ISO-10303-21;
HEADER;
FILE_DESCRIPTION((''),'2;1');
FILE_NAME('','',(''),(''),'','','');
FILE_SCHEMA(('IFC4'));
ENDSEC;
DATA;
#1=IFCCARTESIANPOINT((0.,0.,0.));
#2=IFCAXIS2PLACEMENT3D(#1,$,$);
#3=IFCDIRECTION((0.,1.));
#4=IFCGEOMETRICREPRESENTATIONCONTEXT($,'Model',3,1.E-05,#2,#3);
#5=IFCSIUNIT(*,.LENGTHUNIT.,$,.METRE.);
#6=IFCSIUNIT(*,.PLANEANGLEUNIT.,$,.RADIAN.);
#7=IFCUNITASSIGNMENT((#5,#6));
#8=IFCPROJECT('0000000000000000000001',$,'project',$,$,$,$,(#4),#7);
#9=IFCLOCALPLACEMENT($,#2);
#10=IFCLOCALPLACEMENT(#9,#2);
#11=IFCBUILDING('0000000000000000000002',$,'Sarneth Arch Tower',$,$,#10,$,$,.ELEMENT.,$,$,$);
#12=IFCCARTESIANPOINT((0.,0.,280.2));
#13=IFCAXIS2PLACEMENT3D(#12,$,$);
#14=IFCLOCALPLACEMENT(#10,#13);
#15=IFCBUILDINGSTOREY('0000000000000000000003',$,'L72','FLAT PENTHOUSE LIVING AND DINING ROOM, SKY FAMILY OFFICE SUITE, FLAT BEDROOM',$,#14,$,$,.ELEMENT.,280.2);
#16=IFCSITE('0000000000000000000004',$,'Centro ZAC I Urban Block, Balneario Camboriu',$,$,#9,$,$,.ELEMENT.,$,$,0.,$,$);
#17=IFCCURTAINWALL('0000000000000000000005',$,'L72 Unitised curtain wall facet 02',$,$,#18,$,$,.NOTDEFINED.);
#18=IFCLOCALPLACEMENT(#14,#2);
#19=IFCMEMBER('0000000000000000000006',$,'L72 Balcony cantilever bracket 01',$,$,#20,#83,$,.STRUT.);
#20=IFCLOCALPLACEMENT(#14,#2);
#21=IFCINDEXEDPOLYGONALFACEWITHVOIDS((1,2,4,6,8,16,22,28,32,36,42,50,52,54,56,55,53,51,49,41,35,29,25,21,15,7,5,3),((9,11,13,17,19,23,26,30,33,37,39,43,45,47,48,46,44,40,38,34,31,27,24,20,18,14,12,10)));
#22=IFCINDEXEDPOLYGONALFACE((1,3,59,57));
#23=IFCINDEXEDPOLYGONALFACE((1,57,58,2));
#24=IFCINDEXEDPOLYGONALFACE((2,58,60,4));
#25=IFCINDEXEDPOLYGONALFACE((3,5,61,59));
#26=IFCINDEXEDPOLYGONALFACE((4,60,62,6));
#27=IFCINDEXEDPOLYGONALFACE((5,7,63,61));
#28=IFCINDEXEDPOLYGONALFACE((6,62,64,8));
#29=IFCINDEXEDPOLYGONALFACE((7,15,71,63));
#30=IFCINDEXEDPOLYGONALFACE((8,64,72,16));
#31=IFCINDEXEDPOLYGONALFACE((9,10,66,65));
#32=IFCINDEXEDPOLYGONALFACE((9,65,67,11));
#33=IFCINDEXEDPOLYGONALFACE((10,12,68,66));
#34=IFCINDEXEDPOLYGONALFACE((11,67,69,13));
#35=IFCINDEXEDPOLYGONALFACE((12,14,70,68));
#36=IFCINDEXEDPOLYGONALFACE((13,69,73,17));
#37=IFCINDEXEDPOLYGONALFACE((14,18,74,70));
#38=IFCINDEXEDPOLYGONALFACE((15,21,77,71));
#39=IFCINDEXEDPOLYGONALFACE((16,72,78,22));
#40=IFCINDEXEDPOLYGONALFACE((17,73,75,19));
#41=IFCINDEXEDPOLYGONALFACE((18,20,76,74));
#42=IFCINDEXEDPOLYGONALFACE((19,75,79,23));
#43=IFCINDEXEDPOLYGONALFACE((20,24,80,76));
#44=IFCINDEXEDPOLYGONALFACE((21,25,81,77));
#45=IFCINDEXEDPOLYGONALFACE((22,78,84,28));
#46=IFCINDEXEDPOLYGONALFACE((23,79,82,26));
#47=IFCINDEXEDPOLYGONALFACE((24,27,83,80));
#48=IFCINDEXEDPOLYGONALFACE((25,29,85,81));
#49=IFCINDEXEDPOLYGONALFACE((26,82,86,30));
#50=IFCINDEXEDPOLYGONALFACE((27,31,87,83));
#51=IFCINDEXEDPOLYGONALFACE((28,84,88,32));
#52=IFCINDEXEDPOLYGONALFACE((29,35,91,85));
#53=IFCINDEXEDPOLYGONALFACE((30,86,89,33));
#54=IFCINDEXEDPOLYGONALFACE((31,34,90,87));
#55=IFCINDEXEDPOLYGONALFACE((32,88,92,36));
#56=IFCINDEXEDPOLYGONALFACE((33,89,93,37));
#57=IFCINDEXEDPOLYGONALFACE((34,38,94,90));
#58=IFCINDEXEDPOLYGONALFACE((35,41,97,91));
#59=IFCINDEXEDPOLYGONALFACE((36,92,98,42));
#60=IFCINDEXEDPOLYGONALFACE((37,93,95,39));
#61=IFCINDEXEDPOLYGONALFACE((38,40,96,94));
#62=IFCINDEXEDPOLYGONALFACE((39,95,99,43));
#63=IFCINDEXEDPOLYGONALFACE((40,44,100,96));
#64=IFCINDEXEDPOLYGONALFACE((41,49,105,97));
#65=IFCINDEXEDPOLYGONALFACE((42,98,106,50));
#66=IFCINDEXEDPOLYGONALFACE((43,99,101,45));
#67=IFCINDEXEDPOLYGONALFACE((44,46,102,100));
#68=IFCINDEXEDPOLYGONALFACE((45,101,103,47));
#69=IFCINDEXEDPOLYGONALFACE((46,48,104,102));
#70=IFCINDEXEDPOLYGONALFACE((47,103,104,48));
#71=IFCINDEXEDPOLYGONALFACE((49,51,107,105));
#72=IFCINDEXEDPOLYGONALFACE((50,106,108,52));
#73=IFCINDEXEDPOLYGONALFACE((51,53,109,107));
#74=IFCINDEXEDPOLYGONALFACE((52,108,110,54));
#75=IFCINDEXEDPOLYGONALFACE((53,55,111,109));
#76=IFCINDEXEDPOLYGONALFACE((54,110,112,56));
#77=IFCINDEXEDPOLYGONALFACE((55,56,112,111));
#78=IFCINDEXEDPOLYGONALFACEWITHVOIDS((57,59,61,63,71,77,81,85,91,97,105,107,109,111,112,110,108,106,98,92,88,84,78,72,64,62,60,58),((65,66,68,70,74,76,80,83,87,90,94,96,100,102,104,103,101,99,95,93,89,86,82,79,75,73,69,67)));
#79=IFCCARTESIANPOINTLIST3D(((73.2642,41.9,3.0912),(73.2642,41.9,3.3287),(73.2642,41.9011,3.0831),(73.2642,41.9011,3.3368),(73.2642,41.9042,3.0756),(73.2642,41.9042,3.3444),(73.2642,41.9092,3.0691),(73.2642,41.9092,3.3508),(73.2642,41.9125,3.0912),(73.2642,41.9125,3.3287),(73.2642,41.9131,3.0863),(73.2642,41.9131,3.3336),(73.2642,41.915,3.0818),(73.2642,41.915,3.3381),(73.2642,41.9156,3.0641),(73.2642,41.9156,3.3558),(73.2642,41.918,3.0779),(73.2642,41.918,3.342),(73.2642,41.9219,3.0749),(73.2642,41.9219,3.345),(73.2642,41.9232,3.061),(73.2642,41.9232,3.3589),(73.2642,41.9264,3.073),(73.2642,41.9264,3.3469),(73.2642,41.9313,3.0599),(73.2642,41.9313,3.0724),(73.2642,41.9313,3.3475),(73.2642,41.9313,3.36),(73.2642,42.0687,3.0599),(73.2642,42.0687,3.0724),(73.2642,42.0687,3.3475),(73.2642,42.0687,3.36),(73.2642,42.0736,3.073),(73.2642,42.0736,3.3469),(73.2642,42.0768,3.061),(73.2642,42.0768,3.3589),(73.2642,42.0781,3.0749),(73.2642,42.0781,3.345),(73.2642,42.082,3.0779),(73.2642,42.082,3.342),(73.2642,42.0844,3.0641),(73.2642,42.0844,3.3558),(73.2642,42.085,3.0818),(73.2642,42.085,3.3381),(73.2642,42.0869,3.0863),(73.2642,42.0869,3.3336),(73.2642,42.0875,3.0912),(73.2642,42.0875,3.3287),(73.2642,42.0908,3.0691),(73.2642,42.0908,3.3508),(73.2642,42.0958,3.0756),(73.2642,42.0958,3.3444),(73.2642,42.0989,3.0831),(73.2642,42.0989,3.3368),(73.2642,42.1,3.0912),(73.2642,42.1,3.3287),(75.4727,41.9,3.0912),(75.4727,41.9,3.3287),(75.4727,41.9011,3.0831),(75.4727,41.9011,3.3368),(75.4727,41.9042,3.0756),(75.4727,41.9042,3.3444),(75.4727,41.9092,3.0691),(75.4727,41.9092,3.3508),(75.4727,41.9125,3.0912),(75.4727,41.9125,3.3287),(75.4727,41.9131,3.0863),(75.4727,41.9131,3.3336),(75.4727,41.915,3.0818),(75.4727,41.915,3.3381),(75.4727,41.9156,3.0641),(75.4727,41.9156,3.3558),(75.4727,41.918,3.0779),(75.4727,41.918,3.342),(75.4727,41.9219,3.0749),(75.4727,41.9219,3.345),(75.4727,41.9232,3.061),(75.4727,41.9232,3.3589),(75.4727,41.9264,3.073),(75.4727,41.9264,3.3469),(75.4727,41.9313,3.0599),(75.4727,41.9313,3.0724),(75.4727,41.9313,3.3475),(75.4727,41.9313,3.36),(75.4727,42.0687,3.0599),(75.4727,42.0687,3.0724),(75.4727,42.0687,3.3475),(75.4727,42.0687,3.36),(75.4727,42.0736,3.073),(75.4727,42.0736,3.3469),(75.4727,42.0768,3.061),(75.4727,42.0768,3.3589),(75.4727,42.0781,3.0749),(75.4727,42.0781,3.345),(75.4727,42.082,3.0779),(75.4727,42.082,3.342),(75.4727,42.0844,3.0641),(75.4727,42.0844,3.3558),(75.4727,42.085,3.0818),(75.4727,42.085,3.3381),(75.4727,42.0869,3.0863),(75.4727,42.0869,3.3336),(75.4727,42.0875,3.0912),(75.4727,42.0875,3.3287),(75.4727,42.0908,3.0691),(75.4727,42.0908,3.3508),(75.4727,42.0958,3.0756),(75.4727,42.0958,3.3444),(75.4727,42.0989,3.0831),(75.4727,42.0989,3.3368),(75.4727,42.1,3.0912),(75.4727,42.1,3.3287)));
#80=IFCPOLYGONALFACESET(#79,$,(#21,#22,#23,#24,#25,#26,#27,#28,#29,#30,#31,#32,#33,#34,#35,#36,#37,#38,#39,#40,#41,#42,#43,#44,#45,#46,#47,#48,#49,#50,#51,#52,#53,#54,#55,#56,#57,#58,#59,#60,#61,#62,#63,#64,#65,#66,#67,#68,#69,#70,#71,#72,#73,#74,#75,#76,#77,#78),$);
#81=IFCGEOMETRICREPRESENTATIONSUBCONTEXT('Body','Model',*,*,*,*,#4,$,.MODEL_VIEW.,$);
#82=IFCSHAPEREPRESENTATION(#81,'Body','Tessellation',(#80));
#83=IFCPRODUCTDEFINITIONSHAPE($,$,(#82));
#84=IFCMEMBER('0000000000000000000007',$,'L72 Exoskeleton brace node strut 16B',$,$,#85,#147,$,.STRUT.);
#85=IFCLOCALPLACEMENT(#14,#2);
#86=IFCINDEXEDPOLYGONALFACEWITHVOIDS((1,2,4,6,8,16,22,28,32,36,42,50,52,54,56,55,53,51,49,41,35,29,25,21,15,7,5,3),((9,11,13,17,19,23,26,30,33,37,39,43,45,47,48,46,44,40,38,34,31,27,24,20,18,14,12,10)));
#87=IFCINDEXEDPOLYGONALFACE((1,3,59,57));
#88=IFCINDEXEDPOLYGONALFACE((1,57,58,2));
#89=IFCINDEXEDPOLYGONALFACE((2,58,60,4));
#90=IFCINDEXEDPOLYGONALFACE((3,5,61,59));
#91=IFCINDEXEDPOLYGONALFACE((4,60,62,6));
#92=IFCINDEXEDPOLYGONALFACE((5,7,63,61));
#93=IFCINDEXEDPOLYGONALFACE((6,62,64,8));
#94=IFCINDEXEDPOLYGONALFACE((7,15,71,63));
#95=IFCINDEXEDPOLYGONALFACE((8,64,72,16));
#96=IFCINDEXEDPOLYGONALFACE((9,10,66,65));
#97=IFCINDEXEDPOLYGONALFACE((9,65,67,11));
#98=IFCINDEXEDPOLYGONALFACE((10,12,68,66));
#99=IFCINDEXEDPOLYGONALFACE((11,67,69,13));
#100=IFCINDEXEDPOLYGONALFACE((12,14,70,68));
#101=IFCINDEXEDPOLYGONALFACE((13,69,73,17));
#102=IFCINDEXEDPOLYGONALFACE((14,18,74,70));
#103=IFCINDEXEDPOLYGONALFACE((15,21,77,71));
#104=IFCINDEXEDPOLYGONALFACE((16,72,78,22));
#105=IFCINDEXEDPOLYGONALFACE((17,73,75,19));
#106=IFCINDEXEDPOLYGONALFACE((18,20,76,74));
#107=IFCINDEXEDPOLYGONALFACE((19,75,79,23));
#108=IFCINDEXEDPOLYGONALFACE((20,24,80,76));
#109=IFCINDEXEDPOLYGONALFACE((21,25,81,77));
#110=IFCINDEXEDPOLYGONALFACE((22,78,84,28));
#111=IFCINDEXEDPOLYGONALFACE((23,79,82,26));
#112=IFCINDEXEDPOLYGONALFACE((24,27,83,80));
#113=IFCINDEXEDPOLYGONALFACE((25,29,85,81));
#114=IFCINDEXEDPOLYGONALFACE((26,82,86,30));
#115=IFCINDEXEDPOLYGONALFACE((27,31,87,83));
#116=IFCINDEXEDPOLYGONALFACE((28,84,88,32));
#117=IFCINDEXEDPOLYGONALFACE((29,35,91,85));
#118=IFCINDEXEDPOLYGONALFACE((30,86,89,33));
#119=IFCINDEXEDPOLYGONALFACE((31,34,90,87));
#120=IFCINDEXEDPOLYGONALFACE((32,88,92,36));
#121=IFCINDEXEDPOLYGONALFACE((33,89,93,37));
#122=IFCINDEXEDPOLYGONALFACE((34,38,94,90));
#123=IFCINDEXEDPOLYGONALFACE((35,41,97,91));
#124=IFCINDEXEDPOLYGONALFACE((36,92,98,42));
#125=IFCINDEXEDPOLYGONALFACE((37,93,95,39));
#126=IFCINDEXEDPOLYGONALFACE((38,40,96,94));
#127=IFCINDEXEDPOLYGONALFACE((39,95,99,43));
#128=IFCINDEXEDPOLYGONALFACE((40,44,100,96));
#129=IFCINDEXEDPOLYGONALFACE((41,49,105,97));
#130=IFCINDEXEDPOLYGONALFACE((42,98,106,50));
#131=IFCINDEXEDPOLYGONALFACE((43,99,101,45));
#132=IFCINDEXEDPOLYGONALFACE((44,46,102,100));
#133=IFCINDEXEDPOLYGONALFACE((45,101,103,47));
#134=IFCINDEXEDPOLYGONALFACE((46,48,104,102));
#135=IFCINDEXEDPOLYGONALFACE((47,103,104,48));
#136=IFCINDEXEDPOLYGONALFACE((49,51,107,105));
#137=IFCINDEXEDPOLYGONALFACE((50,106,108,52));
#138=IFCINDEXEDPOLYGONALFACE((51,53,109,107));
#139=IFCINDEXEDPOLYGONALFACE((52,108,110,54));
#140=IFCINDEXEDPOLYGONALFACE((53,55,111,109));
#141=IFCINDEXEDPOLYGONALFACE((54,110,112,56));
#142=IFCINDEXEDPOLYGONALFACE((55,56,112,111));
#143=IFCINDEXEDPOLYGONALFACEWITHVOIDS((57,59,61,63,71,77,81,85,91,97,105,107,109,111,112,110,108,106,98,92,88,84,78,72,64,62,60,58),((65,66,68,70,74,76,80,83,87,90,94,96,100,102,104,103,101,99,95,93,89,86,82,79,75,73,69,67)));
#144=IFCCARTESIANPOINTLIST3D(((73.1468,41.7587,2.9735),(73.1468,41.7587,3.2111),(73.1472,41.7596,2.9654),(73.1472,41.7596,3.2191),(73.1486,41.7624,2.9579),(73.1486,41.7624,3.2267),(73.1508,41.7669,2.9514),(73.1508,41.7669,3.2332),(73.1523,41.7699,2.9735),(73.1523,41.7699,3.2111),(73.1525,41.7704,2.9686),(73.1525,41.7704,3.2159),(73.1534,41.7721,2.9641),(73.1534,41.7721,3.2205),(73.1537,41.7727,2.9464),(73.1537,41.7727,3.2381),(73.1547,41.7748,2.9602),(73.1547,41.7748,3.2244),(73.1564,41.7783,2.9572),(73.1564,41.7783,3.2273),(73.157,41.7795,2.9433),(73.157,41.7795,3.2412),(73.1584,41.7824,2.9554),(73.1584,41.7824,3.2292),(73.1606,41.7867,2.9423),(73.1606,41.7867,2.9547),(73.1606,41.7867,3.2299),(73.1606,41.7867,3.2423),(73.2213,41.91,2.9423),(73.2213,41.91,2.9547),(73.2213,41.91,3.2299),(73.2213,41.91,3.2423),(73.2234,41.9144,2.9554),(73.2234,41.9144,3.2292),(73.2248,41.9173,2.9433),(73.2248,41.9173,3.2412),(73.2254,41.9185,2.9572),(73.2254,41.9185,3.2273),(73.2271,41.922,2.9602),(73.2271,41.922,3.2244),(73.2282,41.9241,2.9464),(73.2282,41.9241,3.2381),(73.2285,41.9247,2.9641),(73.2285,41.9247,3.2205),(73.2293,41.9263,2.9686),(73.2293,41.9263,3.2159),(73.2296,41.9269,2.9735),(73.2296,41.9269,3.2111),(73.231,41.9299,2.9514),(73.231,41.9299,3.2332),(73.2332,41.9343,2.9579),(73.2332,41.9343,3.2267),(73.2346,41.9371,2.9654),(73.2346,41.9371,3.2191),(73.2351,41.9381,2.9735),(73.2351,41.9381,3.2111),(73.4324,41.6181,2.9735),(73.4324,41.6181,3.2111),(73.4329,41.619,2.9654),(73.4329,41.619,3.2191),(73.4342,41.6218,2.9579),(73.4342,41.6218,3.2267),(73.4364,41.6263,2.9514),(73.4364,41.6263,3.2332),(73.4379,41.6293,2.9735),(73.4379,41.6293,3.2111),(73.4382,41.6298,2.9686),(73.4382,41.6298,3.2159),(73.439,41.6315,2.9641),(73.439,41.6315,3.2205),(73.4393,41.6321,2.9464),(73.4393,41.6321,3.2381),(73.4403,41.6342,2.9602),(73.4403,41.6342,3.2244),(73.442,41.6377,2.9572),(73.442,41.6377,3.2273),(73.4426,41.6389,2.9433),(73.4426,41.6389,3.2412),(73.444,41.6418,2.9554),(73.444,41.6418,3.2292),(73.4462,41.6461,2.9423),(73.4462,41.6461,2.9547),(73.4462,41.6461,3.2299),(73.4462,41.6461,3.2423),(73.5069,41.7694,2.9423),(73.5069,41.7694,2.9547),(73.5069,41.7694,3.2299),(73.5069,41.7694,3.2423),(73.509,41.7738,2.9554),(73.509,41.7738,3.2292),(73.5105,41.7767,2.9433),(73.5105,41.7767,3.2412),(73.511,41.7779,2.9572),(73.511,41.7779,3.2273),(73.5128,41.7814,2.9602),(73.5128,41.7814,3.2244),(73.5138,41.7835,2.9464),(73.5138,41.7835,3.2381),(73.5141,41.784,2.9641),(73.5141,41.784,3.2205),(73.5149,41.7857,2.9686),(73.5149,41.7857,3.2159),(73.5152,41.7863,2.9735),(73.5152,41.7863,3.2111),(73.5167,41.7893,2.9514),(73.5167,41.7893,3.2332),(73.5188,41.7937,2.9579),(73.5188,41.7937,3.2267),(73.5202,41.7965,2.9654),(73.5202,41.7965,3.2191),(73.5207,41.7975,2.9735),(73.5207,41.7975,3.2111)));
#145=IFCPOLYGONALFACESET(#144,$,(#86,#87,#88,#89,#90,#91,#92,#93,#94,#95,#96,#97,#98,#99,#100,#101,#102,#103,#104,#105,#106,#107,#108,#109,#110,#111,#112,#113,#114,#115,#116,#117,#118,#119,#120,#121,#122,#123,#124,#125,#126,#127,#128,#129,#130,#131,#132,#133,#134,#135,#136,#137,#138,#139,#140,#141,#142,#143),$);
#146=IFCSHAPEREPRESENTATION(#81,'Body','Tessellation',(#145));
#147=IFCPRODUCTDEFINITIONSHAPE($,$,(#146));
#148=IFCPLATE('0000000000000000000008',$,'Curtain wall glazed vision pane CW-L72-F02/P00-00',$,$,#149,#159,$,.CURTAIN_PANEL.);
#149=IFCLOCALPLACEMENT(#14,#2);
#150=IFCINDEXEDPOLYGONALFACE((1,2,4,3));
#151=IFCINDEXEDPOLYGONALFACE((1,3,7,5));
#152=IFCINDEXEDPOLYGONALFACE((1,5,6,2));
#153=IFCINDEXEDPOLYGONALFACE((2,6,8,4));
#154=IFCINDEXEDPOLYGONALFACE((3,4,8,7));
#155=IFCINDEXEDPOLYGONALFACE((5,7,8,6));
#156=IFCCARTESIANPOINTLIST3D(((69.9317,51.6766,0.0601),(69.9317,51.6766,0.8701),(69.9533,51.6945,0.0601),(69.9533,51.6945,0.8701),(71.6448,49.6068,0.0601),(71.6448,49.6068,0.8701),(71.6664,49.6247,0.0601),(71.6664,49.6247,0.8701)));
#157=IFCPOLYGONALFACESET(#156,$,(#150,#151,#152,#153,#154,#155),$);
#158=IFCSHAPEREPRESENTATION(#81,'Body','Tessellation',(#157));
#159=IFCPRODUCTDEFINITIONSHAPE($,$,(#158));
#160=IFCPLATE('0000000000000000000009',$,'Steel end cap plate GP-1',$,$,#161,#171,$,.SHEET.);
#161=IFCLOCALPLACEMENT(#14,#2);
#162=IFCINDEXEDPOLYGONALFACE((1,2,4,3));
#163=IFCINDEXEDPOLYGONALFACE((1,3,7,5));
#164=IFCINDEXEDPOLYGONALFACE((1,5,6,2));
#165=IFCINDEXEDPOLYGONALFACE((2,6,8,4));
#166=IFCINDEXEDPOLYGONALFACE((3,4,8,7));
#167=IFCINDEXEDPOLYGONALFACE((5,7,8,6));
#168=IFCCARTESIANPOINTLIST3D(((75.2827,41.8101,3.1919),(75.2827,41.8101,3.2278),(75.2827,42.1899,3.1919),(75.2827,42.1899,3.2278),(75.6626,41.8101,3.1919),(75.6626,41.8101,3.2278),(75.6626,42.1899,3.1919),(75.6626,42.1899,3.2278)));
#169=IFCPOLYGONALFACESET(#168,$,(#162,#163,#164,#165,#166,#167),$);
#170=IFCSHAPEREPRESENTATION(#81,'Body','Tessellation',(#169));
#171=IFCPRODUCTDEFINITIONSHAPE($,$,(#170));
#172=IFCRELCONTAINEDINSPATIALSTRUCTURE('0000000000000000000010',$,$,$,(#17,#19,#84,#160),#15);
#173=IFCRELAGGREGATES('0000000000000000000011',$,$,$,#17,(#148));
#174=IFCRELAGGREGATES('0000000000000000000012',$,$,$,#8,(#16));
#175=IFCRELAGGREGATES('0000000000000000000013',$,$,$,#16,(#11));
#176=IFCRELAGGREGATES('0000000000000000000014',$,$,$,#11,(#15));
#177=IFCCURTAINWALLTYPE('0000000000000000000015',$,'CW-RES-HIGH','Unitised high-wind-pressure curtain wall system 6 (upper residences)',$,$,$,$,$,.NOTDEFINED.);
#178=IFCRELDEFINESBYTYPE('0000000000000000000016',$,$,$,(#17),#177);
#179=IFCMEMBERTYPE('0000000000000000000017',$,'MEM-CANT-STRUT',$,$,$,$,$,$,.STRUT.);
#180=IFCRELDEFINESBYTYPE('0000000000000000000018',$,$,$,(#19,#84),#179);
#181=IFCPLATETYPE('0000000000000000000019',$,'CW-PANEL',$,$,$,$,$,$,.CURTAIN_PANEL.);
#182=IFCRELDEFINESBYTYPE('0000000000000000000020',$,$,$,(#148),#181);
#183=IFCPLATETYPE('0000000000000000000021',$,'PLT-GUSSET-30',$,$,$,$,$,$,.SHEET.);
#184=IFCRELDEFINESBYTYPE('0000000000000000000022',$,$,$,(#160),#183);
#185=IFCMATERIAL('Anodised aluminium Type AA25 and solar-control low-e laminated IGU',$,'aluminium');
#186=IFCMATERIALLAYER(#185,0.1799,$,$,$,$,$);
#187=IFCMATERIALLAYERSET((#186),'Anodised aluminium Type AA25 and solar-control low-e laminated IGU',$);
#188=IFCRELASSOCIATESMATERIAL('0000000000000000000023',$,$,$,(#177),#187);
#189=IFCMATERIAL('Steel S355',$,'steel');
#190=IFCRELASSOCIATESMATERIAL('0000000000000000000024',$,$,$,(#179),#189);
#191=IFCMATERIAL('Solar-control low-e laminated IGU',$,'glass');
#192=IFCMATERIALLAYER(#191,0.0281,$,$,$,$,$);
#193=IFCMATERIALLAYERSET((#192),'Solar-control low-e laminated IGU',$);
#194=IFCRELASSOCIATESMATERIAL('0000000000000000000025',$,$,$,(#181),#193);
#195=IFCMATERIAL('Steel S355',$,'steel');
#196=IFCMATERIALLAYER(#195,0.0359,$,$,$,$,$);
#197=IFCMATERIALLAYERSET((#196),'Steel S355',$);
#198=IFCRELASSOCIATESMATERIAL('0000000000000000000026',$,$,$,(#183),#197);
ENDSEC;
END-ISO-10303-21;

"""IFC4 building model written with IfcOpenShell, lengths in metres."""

from ifc_helpers import new_model, si_unit, direction, frame, origin, origin_2d, place, context, subcontext, project, spatial, rectangle, hollow_rectangle, extrude, material, layer, layer_set, material_profile, profile_set, type_object, element, aggregate, save


model = new_model("IFC4")

# Units and contexts
model_context = context("Model", 3, precision=1e-05, world=origin(), true_north=direction((0.0, 1.0)))
body_context = subcontext(model_context, "Body", "Model", "MODEL_VIEW")
ifc_project = project(units=[si_unit("LENGTHUNIT", "METRE"), si_unit("PLANEANGLEUNIT", "RADIAN")], contexts=[model_context])

# Site, building, storey
site_placement = place(None, origin())
site = spatial("IfcSite", under=ifc_project, at=site_placement, Name="Centro ZAC I Urban Block, Balneario Camboriu", CompositionType="ELEMENT", RefElevation=0.0)
building_placement = place(site_placement, origin())
building = spatial("IfcBuilding", under=site, at=building_placement, Name="Sarneth Arch Tower", CompositionType="ELEMENT")
storey_placement = place(building_placement, frame((0.0, 0.0, 280.2)))
storey = spatial("IfcBuildingStorey", under=building, at=storey_placement, Name="L72", Description="FLAT PENTHOUSE LIVING AND DINING ROOM, SKY FAMILY OFFICE SUITE, FLAT BEDROOM", CompositionType="ELEMENT", Elevation=280.2)

# Curtain wall
ifc_material_1 = material(Name="Anodised aluminium Type AA25 and solar-control low-e laminated IGU", Category="aluminium")
ifc_layer_1 = layer(ifc_material_1, 0.1799)
ifc_layer_set_1 = layer_set([ifc_layer_1], Name="Anodised aluminium Type AA25 and solar-control low-e laminated IGU")
curtain_wall_type = type_object("IfcCurtainWallType", Name="CW-RES-HIGH", Description="Unitised high-wind-pressure curtain wall system 6 (upper residences)", PredefinedType="NOTDEFINED", material=ifc_layer_set_1)
curtain_wall_placement = place(storey_placement, origin())
curtain_wall = element("IfcCurtainWall", 1, at=curtain_wall_placement, inside=storey, type_object=curtain_wall_type, Name="L72 Unitised curtain wall facet 02", PredefinedType="NOTDEFINED")

# Members
ifc_material_2 = material(Name="Steel S355", Category="steel")
ifc_material_profile_1 = material_profile(ifc_material_2, hollow_rectangle(XDim=0.2, YDim=0.3, WallThickness=0.0125, InnerFilletRadius=0.0188, OuterFilletRadius=0.0312, at=origin_2d()), Name="RHS300x200x12.5")
ifc_profile_set_1 = profile_set([ifc_material_profile_1], Name="Steel S355")
member_type_1 = type_object("IfcMemberType", Name="MEM-CANT-STRUT", PredefinedType="STRUT", material=ifc_profile_set_1)
member_1_placement = place(storey_placement, frame((73.2642, 42.0, 3.21), z_axis=(1.0, 0.0, 0.0), x_axis=(0.0, 1.0, 0.0)))
element("IfcMember", 2, at=member_1_placement, inside=storey, type_object=member_type_1, Name="L72 Balcony cantilever bracket 01", PredefinedType="STRUT", context=body_context, shape_type="SweptSolid", body=[
    extrude(hollow_rectangle(XDim=0.2, YDim=0.3, WallThickness=0.0125, InnerFilletRadius=0.0188, OuterFilletRadius=0.0312, at=origin_2d()), origin(), (0.0, 0.0, 1.0), 2.2085),
])
member_2_placement = place(storey_placement, frame((73.1909, 41.8484, 3.0923), z_axis=(0.897171, -0.441684, 0.0), x_axis=(0.441684, 0.897171, 0.0)))
element("IfcMember", 3, at=member_2_placement, inside=storey, type_object=member_type_1, Name="L72 Exoskeleton brace node strut 16B", PredefinedType="STRUT", context=body_context, shape_type="SweptSolid", body=[
    extrude(hollow_rectangle(XDim=0.2, YDim=0.3, WallThickness=0.0125, InnerFilletRadius=0.0188, OuterFilletRadius=0.0312, at=origin_2d()), origin(), (0.0, 0.0, 1.0), 0.3184),
])

# Plates
ifc_material_3 = material(Name="Solar-control low-e laminated IGU", Category="glass")
ifc_layer_2 = layer(ifc_material_3, 0.0281)
ifc_layer_set_2 = layer_set([ifc_layer_2], Name="Solar-control low-e laminated IGU")
plate_type_1 = type_object("IfcPlateType", Name="CW-PANEL", PredefinedType="CURTAIN_PANEL", material=ifc_layer_set_2)
plate_1_placement = place(storey_placement, frame((70.7991, 50.6506, 0.0601), z_axis=(0.0, 0.0, 1.0), x_axis=(-0.63761, 0.770359, 0.0)))
plate_1 = element("IfcPlate", 4, at=plate_1_placement, type_object=plate_type_1, Name="Curtain wall glazed vision pane CW-L72-F02/P00-00", PredefinedType="CURTAIN_PANEL", context=body_context, shape_type="SweptSolid", body=[
    extrude(rectangle(XDim=2.6868, YDim=0.0281, at=origin_2d()), origin(), (0.0, 0.0, 1.0), 0.8101),
])
aggregate(curtain_wall, [plate_1])
ifc_material_4 = material(Name="Steel S355", Category="steel")
ifc_layer_3 = layer(ifc_material_4, 0.0359)
ifc_layer_set_3 = layer_set([ifc_layer_3], Name="Steel S355")
plate_type_2 = type_object("IfcPlateType", Name="PLT-GUSSET-30", PredefinedType="SHEET", material=ifc_layer_set_3)
plate_2_placement = place(storey_placement, frame((75.4727, 42.0, 3.1919), z_axis=(0.0, 0.0, 1.0), x_axis=(1.0, 0.0, 0.0)))
element("IfcPlate", 5, at=plate_2_placement, inside=storey, type_object=plate_type_2, Name="Steel end cap plate GP-1", PredefinedType="SHEET", context=body_context, shape_type="SweptSolid", body=[
    extrude(rectangle(XDim=0.3799, YDim=0.3799, at=origin_2d()), origin(), (0.0, 0.0, 1.0), 0.0359),
])

save(model, "model.ifc")
